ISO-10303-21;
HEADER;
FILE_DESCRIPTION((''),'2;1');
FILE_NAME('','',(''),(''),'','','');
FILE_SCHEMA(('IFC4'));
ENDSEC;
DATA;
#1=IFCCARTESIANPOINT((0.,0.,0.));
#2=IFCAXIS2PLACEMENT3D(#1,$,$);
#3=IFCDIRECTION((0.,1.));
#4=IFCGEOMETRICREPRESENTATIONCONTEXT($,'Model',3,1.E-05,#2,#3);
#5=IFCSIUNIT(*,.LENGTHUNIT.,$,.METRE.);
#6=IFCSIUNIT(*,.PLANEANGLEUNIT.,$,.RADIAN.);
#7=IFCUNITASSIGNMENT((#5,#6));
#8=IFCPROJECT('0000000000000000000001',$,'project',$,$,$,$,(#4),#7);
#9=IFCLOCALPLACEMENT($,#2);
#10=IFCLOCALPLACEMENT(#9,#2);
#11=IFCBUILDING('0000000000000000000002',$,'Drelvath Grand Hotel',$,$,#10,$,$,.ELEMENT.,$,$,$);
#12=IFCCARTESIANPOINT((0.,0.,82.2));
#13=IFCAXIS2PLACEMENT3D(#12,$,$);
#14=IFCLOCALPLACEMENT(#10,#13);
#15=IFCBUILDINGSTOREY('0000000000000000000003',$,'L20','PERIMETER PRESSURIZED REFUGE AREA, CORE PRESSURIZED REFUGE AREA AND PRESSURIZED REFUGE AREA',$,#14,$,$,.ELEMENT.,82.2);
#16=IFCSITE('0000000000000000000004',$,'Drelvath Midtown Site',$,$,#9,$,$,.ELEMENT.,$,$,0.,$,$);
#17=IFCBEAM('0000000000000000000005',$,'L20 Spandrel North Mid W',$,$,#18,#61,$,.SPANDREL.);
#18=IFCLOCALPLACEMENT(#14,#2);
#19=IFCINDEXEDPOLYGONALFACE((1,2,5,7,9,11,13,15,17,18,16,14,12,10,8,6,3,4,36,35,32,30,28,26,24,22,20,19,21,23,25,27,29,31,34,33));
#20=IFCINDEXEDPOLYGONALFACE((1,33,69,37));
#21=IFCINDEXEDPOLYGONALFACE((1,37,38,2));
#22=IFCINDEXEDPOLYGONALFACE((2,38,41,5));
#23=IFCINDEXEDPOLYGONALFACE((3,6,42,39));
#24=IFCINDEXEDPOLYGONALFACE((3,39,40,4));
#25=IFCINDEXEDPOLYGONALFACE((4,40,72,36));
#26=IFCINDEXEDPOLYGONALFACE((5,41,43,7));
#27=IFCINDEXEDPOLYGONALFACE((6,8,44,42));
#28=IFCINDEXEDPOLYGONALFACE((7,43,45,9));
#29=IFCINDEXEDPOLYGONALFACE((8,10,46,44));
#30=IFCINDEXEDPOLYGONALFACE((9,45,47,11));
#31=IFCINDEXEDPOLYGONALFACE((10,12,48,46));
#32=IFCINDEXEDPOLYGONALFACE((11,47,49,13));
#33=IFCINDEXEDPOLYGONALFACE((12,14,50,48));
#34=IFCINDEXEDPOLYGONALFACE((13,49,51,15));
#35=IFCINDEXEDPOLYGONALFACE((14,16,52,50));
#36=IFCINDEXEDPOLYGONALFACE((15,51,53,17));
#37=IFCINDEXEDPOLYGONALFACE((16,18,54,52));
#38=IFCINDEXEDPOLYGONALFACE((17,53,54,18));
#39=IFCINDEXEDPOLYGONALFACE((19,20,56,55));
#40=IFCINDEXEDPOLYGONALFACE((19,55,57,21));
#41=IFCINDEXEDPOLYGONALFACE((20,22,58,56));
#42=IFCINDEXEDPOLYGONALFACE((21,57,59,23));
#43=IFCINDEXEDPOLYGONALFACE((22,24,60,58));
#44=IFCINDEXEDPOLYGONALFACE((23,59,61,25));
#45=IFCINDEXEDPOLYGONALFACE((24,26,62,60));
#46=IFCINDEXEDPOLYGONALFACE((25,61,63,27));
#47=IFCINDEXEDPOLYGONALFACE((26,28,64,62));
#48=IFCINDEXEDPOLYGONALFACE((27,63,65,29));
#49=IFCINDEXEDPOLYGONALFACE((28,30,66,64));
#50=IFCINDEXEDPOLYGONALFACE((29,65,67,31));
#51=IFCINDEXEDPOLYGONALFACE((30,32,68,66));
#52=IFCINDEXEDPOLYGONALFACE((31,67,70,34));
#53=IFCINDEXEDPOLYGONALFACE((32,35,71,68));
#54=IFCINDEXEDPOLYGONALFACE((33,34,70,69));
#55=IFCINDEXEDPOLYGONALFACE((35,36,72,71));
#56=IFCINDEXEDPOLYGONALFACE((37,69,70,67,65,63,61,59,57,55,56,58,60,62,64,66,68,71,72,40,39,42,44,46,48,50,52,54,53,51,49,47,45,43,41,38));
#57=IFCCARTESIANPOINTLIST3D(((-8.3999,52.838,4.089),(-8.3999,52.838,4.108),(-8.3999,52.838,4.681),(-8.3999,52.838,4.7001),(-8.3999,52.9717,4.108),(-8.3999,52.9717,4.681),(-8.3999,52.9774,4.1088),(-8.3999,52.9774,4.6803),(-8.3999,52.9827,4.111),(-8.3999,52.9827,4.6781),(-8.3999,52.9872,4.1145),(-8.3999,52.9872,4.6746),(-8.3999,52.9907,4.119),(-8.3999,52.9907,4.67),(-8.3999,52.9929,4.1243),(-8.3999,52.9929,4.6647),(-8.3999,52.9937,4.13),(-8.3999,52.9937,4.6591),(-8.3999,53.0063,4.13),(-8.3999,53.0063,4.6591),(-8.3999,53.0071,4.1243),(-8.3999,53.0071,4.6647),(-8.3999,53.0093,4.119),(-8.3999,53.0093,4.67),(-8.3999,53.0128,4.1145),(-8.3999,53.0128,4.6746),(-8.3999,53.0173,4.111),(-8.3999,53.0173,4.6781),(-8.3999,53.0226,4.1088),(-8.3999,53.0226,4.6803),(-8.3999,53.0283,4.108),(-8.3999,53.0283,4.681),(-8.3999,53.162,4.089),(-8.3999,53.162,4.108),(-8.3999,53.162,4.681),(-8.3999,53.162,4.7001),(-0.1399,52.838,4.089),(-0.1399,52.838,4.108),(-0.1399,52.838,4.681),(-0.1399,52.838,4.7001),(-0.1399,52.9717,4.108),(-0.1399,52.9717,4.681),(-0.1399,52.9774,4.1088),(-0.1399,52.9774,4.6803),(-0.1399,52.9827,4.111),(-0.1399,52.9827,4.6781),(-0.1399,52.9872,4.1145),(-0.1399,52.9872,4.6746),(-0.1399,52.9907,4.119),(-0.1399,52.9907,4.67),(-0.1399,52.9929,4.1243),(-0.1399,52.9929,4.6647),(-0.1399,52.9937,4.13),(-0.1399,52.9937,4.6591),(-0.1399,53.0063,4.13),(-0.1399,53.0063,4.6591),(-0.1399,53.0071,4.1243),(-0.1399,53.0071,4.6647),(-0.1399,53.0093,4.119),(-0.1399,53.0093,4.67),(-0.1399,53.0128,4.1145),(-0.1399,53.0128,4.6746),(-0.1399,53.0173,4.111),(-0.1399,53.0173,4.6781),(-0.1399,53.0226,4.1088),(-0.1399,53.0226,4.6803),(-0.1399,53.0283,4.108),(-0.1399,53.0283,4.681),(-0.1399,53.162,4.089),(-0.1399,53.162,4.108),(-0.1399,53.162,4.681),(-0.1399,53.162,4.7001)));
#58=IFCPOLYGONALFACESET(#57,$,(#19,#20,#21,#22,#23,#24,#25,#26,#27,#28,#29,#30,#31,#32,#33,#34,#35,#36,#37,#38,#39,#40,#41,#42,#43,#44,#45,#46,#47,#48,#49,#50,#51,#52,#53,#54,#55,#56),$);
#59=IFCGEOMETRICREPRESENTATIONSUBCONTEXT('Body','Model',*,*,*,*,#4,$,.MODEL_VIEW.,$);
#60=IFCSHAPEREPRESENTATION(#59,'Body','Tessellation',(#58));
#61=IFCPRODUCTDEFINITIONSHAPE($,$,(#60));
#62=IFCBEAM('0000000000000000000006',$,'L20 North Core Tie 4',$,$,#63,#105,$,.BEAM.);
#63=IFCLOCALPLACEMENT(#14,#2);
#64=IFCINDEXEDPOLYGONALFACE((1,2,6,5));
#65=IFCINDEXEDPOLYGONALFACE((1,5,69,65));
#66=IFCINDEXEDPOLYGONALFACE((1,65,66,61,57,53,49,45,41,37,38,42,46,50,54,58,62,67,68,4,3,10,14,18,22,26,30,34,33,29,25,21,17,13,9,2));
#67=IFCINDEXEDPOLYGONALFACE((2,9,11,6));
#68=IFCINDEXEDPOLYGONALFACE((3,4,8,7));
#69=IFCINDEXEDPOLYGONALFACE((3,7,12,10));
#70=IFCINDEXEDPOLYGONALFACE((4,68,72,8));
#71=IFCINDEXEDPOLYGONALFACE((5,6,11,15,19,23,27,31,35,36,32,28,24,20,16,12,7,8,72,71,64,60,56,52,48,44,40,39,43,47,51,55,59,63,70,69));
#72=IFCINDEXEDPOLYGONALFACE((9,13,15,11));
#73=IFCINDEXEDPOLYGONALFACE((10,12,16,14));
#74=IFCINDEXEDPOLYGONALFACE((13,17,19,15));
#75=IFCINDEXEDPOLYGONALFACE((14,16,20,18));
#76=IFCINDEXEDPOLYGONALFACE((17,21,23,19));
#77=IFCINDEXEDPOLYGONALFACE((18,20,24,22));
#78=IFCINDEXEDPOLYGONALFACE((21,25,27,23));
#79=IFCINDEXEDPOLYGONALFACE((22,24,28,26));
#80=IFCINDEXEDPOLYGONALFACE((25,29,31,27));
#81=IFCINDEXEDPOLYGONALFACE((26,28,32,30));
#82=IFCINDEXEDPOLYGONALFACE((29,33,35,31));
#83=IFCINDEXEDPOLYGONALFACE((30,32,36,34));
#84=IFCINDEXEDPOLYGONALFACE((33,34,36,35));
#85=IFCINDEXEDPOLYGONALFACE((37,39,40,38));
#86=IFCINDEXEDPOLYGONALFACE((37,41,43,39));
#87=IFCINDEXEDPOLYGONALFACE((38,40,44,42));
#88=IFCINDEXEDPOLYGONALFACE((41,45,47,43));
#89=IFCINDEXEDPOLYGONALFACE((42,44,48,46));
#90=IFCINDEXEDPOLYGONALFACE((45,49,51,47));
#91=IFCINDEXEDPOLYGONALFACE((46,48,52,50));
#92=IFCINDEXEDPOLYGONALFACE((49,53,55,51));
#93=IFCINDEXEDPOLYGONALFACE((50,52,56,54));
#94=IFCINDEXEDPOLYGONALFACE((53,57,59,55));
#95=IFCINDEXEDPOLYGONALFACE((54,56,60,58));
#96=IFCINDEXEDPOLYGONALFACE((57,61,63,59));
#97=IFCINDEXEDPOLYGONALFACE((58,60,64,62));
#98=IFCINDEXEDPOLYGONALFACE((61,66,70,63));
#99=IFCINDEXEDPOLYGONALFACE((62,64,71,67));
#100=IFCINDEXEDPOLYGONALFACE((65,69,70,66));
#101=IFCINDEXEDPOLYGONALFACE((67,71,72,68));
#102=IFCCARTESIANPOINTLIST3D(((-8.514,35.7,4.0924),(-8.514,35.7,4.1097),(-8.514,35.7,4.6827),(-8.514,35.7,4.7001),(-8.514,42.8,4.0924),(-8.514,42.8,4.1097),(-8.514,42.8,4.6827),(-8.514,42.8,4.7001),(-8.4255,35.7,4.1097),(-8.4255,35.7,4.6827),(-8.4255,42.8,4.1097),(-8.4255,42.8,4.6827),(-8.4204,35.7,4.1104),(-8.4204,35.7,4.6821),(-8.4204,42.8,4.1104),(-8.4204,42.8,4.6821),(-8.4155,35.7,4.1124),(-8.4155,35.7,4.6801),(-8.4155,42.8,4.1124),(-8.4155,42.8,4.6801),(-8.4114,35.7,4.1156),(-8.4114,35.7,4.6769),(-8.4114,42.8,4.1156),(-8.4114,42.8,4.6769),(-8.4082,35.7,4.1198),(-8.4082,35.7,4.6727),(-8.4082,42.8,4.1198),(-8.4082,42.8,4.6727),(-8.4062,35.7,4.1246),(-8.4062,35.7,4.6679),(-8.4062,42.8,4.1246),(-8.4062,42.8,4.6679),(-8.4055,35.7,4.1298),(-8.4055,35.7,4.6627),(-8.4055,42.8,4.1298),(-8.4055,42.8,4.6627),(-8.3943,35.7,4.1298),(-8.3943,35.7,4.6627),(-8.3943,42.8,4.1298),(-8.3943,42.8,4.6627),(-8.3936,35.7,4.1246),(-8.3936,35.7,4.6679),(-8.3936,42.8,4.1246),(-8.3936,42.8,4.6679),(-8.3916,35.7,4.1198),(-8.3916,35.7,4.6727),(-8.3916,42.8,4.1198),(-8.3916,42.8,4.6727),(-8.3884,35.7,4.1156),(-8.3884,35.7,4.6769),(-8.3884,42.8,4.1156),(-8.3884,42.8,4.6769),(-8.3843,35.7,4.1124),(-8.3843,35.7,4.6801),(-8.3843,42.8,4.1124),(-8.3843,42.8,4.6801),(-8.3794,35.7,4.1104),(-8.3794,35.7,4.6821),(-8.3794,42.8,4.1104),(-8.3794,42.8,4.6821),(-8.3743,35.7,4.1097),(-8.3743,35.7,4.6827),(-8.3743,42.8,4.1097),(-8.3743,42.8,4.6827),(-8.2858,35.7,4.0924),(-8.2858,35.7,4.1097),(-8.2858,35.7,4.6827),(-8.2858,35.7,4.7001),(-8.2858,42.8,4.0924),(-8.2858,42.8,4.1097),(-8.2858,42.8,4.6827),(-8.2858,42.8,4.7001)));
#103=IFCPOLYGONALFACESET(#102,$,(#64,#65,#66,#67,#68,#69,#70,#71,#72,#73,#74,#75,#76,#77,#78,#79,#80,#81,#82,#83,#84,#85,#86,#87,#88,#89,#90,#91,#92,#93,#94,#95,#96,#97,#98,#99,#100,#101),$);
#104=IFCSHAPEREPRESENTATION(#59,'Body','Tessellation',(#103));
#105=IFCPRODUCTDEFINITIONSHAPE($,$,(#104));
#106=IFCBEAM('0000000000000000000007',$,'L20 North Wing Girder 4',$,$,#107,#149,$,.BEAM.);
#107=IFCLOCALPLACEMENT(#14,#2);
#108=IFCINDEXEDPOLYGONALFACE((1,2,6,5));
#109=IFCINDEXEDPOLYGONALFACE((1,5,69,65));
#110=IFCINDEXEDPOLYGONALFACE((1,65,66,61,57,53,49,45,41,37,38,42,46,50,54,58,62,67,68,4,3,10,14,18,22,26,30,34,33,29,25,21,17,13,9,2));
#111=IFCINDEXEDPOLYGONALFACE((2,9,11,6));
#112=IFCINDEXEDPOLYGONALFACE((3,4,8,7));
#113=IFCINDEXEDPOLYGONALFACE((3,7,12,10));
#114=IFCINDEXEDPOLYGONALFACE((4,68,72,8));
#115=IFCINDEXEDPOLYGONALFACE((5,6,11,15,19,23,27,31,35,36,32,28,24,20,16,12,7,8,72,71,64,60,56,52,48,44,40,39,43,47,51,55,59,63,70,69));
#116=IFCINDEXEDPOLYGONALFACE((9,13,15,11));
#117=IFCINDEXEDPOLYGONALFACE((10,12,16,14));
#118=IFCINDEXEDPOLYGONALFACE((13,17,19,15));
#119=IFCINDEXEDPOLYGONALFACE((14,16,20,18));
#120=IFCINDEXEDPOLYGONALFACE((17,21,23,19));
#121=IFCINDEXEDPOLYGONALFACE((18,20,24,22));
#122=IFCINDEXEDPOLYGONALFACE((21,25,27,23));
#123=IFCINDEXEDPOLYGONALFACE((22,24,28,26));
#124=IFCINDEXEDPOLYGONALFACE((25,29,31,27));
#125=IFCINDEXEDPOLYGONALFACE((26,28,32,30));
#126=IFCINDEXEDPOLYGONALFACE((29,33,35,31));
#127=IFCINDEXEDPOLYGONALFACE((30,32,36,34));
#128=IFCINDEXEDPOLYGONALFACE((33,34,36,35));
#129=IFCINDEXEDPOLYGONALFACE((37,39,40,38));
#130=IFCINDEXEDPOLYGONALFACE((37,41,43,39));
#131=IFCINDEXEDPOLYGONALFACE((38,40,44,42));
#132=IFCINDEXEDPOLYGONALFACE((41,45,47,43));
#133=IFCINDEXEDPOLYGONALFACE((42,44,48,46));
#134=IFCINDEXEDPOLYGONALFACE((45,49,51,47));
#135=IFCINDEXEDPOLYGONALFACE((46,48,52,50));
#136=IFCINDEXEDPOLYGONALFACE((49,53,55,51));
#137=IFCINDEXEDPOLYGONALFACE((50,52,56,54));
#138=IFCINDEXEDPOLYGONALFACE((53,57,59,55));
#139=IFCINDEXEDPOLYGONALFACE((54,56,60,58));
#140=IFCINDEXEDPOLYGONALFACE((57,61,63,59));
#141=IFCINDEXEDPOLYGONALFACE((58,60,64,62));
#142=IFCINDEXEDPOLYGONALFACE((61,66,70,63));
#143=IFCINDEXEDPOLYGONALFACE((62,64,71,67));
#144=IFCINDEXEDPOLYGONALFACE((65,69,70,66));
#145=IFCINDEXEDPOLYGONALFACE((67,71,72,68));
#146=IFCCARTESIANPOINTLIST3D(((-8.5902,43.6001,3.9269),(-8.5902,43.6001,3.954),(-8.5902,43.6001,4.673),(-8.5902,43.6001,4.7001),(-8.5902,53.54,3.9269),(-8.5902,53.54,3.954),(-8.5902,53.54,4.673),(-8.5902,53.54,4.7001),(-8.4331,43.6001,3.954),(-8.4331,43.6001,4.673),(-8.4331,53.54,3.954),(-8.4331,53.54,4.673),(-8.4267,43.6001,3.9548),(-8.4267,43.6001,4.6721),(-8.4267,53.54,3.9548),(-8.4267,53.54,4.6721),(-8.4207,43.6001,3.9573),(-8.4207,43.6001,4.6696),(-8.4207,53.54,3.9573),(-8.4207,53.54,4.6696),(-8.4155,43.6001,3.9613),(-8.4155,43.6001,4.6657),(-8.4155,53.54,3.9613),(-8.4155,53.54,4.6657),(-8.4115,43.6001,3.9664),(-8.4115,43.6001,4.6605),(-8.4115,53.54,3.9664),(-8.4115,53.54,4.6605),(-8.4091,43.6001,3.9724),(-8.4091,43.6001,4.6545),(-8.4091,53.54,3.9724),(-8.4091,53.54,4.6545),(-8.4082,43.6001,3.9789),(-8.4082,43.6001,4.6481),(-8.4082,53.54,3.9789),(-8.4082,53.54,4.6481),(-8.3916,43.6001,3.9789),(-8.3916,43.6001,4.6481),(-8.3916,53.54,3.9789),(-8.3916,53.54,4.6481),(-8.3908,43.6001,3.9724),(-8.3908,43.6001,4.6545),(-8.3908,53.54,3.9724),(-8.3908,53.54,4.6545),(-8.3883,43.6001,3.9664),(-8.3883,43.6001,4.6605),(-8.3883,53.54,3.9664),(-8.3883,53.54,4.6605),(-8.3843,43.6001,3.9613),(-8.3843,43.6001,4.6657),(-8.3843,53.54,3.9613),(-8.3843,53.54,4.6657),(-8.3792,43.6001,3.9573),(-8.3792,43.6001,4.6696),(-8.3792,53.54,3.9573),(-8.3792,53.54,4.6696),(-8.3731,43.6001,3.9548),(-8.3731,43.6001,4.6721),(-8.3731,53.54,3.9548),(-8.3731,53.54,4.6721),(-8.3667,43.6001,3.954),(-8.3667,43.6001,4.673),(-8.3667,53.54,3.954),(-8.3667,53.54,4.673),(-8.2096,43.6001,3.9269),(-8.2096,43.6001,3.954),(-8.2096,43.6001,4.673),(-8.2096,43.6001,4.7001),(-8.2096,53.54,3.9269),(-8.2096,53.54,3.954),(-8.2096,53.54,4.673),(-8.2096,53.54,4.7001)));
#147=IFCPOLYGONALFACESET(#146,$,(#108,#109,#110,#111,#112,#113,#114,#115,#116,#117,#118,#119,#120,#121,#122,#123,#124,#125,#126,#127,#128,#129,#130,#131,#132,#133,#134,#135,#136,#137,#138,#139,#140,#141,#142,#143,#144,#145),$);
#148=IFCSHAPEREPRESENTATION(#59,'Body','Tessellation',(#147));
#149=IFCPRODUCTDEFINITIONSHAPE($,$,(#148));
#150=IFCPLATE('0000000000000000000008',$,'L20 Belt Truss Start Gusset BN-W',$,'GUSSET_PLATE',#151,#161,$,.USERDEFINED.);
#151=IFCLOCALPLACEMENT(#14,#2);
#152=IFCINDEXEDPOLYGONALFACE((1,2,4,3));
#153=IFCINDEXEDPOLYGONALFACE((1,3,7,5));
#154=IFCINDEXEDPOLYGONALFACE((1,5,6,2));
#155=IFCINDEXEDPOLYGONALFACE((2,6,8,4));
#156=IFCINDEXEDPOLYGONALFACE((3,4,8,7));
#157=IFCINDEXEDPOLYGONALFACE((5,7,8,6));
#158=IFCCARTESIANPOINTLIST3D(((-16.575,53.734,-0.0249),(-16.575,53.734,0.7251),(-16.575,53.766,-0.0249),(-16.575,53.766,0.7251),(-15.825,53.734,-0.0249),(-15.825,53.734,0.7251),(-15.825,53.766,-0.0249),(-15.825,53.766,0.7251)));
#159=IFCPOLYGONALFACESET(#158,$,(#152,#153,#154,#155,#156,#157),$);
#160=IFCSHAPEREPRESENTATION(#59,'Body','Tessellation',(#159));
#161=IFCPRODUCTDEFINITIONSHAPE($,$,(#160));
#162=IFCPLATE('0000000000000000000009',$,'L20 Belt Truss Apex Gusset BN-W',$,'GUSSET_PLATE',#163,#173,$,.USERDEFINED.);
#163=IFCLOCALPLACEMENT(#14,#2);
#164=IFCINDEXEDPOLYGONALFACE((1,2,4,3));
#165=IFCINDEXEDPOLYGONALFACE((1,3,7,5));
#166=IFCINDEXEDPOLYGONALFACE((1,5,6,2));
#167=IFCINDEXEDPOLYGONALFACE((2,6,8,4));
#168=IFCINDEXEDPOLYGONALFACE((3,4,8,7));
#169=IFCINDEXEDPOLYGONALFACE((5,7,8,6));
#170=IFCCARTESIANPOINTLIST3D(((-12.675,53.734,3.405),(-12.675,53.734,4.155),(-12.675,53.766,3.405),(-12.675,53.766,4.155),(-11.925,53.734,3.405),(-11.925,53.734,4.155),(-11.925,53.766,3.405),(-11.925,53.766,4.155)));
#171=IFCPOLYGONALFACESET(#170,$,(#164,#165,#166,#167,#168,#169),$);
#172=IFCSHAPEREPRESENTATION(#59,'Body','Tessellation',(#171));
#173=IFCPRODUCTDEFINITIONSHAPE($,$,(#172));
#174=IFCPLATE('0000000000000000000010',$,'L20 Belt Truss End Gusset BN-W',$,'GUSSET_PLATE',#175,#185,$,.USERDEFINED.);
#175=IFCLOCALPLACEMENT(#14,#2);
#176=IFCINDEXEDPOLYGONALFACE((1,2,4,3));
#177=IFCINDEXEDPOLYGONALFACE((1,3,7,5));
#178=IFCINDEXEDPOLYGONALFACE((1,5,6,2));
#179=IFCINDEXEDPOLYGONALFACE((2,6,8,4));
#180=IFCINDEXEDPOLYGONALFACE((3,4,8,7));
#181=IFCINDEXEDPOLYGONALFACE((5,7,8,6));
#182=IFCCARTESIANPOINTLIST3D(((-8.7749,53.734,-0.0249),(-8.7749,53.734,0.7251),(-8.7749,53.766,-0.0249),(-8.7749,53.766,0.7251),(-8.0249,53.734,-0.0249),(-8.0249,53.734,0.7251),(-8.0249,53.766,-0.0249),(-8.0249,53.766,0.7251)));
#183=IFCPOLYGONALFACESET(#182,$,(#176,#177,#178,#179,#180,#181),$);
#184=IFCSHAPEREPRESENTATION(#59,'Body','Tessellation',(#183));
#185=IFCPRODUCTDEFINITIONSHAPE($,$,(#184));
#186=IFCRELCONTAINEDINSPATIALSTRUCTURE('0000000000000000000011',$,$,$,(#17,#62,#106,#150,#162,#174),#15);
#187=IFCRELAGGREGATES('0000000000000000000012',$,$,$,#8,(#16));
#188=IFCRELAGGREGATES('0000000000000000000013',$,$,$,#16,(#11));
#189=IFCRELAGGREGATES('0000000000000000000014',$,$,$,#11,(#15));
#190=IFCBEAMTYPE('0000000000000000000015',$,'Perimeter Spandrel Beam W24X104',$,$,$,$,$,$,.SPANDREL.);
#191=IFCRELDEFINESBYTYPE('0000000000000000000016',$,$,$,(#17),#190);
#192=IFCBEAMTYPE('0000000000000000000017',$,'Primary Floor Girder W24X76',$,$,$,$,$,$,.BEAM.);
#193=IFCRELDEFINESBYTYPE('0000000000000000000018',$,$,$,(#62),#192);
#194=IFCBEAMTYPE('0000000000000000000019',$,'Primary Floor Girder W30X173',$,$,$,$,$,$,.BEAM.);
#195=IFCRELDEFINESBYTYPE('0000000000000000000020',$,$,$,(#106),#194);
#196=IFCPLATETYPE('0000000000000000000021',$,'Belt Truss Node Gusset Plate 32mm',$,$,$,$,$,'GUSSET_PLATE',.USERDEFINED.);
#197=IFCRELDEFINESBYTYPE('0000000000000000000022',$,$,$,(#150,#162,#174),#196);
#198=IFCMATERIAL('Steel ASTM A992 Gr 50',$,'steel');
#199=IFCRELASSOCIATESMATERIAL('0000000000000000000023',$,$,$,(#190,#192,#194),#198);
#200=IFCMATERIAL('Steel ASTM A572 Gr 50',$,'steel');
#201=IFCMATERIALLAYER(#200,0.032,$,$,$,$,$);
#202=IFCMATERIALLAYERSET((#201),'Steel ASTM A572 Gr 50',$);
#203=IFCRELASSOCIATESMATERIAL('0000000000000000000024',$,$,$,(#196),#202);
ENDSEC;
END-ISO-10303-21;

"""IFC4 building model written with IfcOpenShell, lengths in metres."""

from ifc_helpers import new_model, si_unit, direction, frame, origin, origin_2d, place, context, subcontext, project, spatial, rectangle, i_section, extrude, material, layer, layer_set, material_profile, profile_set, type_object, element, save


model = new_model("IFC4")

# Units and contexts
model_context = context("Model", 3, precision=1e-05, world=origin(), true_north=direction((0.0, 1.0)))
body_context = subcontext(model_context, "Body", "Model", "MODEL_VIEW")
ifc_project = project(units=[si_unit("LENGTHUNIT", "METRE"), si_unit("PLANEANGLEUNIT", "RADIAN")], contexts=[model_context])

# Site, building, storey
site_placement = place(None, origin())
site = spatial("IfcSite", under=ifc_project, at=site_placement, Name="Drelvath Midtown Site", CompositionType="ELEMENT", RefElevation=0.0)
building_placement = place(site_placement, origin())
building = spatial("IfcBuilding", under=site, at=building_placement, Name="Drelvath Grand Hotel", CompositionType="ELEMENT")
storey_placement = place(building_placement, frame((0.0, 0.0, 82.2)))
storey = spatial("IfcBuildingStorey", under=building, at=storey_placement, Name="L20", Description="PERIMETER PRESSURIZED REFUGE AREA, CORE PRESSURIZED REFUGE AREA AND PRESSURIZED REFUGE AREA", CompositionType="ELEMENT", Elevation=82.2)

# Beams
ifc_material_1 = material(Name="Steel ASTM A992 Gr 50", Category="steel")
ifc_material_profile_1 = material_profile(ifc_material_1, i_section(OverallWidth=0.324, OverallDepth=0.6111, WebThickness=0.0127, FlangeThickness=0.019, FilletRadius=0.022, at=origin_2d()), Name="W24X104")
ifc_profile_set_1 = profile_set([ifc_material_profile_1], Name="Steel ASTM A992 Gr 50")
beam_type_1 = type_object("IfcBeamType", Name="Perimeter Spandrel Beam W24X104", PredefinedType="SPANDREL", material=ifc_profile_set_1)
beam_1_placement = place(storey_placement, frame((-8.3999, 53.0, 4.3945), z_axis=(1.0, 0.0, 0.0), x_axis=(0.0, 1.0, 0.0)))
element("IfcBeam", 1, at=beam_1_placement, inside=storey, type_object=beam_type_1, Name="L20 Spandrel North Mid W", PredefinedType="SPANDREL", context=body_context, shape_type="SweptSolid", body=[
    extrude(i_section(OverallWidth=0.324, OverallDepth=0.6111, WebThickness=0.0127, FlangeThickness=0.019, FilletRadius=0.022, at=origin_2d()), origin(), (0.0, 0.0, 1.0), 8.26),
])
ifc_material_profile_2 = material_profile(ifc_material_1, i_section(OverallWidth=0.2283, OverallDepth=0.6077, WebThickness=0.0112, FlangeThickness=0.0173, FilletRadius=0.02, at=origin_2d()), Name="W24X76")
ifc_profile_set_2 = profile_set([ifc_material_profile_2], Name="Steel ASTM A992 Gr 50")
beam_type_2 = type_object("IfcBeamType", Name="Primary Floor Girder W24X76", PredefinedType="BEAM", material=ifc_profile_set_2)
beam_2_placement = place(storey_placement, frame((-8.3999, 35.7, 4.3962), z_axis=(0.0, 1.0, 0.0), x_axis=(-1.0, 0.0, 0.0)))
element("IfcBeam", 2, at=beam_2_placement, inside=storey, type_object=beam_type_2, Name="L20 North Core Tie 4", PredefinedType="BEAM", context=body_context, shape_type="SweptSolid", body=[
    extrude(i_section(OverallWidth=0.2283, OverallDepth=0.6077, WebThickness=0.0112, FlangeThickness=0.0173, FilletRadius=0.02, at=origin_2d()), origin(), (0.0, 0.0, 1.0), 7.1001),
])
ifc_material_profile_3 = material_profile(ifc_material_1, i_section(OverallWidth=0.3806, OverallDepth=0.7732, WebThickness=0.0166, FlangeThickness=0.0271, FilletRadius=0.0249, at=origin_2d()), Name="W30X173")
ifc_profile_set_3 = profile_set([ifc_material_profile_3], Name="Steel ASTM A992 Gr 50")
beam_type_3 = type_object("IfcBeamType", Name="Primary Floor Girder W30X173", PredefinedType="BEAM", material=ifc_profile_set_3)
beam_3_placement = place(storey_placement, frame((-8.3999, 43.6001, 4.3135), z_axis=(0.0, 1.0, 0.0), x_axis=(-1.0, 0.0, 0.0)))
element("IfcBeam", 3, at=beam_3_placement, inside=storey, type_object=beam_type_3, Name="L20 North Wing Girder 4", PredefinedType="BEAM", context=body_context, shape_type="SweptSolid", body=[
    extrude(i_section(OverallWidth=0.3806, OverallDepth=0.7732, WebThickness=0.0166, FlangeThickness=0.0271, FilletRadius=0.0249, at=origin_2d()), origin(), (0.0, 0.0, 1.0), 9.9399),
])

# Plates
ifc_material_2 = material(Name="Steel ASTM A572 Gr 50", Category="steel")
ifc_layer_1 = layer(ifc_material_2, 0.032)
ifc_layer_set_1 = layer_set([ifc_layer_1], Name="Steel ASTM A572 Gr 50")
plate_type_1 = type_object("IfcPlateType", Name="Belt Truss Node Gusset Plate 32mm", ElementType="GUSSET_PLATE", PredefinedType="USERDEFINED", material=ifc_layer_set_1)
for number, where, z_axis, x_axis, name in (
    (4, (-16.2, 53.75, -0.0249), (0.0, 0.0, 1.0), (1.0, 0.0, 0.0), "L20 Belt Truss Start Gusset BN-W"),
    (5, (-12.3, 53.75, 3.405), (0.0, 0.0, 1.0), (1.0, 0.0, 0.0), "L20 Belt Truss Apex Gusset BN-W"),
    (6, (-8.3999, 53.75, -0.0249), (0.0, 0.0, 1.0), (1.0, 0.0, 0.0), "L20 Belt Truss End Gusset BN-W"),
):
    element("IfcPlate", number, at=place(storey_placement, frame(where, z_axis=z_axis, x_axis=x_axis)), inside=storey, type_object=plate_type_1, Name=name, ObjectType="GUSSET_PLATE", PredefinedType="USERDEFINED", context=body_context, shape_type="SweptSolid", body=[
        extrude(rectangle(XDim=0.75, YDim=0.032, at=origin_2d()), origin(), (0.0, 0.0, 1.0), 0.75),
    ])

save(model, "model.ifc")
